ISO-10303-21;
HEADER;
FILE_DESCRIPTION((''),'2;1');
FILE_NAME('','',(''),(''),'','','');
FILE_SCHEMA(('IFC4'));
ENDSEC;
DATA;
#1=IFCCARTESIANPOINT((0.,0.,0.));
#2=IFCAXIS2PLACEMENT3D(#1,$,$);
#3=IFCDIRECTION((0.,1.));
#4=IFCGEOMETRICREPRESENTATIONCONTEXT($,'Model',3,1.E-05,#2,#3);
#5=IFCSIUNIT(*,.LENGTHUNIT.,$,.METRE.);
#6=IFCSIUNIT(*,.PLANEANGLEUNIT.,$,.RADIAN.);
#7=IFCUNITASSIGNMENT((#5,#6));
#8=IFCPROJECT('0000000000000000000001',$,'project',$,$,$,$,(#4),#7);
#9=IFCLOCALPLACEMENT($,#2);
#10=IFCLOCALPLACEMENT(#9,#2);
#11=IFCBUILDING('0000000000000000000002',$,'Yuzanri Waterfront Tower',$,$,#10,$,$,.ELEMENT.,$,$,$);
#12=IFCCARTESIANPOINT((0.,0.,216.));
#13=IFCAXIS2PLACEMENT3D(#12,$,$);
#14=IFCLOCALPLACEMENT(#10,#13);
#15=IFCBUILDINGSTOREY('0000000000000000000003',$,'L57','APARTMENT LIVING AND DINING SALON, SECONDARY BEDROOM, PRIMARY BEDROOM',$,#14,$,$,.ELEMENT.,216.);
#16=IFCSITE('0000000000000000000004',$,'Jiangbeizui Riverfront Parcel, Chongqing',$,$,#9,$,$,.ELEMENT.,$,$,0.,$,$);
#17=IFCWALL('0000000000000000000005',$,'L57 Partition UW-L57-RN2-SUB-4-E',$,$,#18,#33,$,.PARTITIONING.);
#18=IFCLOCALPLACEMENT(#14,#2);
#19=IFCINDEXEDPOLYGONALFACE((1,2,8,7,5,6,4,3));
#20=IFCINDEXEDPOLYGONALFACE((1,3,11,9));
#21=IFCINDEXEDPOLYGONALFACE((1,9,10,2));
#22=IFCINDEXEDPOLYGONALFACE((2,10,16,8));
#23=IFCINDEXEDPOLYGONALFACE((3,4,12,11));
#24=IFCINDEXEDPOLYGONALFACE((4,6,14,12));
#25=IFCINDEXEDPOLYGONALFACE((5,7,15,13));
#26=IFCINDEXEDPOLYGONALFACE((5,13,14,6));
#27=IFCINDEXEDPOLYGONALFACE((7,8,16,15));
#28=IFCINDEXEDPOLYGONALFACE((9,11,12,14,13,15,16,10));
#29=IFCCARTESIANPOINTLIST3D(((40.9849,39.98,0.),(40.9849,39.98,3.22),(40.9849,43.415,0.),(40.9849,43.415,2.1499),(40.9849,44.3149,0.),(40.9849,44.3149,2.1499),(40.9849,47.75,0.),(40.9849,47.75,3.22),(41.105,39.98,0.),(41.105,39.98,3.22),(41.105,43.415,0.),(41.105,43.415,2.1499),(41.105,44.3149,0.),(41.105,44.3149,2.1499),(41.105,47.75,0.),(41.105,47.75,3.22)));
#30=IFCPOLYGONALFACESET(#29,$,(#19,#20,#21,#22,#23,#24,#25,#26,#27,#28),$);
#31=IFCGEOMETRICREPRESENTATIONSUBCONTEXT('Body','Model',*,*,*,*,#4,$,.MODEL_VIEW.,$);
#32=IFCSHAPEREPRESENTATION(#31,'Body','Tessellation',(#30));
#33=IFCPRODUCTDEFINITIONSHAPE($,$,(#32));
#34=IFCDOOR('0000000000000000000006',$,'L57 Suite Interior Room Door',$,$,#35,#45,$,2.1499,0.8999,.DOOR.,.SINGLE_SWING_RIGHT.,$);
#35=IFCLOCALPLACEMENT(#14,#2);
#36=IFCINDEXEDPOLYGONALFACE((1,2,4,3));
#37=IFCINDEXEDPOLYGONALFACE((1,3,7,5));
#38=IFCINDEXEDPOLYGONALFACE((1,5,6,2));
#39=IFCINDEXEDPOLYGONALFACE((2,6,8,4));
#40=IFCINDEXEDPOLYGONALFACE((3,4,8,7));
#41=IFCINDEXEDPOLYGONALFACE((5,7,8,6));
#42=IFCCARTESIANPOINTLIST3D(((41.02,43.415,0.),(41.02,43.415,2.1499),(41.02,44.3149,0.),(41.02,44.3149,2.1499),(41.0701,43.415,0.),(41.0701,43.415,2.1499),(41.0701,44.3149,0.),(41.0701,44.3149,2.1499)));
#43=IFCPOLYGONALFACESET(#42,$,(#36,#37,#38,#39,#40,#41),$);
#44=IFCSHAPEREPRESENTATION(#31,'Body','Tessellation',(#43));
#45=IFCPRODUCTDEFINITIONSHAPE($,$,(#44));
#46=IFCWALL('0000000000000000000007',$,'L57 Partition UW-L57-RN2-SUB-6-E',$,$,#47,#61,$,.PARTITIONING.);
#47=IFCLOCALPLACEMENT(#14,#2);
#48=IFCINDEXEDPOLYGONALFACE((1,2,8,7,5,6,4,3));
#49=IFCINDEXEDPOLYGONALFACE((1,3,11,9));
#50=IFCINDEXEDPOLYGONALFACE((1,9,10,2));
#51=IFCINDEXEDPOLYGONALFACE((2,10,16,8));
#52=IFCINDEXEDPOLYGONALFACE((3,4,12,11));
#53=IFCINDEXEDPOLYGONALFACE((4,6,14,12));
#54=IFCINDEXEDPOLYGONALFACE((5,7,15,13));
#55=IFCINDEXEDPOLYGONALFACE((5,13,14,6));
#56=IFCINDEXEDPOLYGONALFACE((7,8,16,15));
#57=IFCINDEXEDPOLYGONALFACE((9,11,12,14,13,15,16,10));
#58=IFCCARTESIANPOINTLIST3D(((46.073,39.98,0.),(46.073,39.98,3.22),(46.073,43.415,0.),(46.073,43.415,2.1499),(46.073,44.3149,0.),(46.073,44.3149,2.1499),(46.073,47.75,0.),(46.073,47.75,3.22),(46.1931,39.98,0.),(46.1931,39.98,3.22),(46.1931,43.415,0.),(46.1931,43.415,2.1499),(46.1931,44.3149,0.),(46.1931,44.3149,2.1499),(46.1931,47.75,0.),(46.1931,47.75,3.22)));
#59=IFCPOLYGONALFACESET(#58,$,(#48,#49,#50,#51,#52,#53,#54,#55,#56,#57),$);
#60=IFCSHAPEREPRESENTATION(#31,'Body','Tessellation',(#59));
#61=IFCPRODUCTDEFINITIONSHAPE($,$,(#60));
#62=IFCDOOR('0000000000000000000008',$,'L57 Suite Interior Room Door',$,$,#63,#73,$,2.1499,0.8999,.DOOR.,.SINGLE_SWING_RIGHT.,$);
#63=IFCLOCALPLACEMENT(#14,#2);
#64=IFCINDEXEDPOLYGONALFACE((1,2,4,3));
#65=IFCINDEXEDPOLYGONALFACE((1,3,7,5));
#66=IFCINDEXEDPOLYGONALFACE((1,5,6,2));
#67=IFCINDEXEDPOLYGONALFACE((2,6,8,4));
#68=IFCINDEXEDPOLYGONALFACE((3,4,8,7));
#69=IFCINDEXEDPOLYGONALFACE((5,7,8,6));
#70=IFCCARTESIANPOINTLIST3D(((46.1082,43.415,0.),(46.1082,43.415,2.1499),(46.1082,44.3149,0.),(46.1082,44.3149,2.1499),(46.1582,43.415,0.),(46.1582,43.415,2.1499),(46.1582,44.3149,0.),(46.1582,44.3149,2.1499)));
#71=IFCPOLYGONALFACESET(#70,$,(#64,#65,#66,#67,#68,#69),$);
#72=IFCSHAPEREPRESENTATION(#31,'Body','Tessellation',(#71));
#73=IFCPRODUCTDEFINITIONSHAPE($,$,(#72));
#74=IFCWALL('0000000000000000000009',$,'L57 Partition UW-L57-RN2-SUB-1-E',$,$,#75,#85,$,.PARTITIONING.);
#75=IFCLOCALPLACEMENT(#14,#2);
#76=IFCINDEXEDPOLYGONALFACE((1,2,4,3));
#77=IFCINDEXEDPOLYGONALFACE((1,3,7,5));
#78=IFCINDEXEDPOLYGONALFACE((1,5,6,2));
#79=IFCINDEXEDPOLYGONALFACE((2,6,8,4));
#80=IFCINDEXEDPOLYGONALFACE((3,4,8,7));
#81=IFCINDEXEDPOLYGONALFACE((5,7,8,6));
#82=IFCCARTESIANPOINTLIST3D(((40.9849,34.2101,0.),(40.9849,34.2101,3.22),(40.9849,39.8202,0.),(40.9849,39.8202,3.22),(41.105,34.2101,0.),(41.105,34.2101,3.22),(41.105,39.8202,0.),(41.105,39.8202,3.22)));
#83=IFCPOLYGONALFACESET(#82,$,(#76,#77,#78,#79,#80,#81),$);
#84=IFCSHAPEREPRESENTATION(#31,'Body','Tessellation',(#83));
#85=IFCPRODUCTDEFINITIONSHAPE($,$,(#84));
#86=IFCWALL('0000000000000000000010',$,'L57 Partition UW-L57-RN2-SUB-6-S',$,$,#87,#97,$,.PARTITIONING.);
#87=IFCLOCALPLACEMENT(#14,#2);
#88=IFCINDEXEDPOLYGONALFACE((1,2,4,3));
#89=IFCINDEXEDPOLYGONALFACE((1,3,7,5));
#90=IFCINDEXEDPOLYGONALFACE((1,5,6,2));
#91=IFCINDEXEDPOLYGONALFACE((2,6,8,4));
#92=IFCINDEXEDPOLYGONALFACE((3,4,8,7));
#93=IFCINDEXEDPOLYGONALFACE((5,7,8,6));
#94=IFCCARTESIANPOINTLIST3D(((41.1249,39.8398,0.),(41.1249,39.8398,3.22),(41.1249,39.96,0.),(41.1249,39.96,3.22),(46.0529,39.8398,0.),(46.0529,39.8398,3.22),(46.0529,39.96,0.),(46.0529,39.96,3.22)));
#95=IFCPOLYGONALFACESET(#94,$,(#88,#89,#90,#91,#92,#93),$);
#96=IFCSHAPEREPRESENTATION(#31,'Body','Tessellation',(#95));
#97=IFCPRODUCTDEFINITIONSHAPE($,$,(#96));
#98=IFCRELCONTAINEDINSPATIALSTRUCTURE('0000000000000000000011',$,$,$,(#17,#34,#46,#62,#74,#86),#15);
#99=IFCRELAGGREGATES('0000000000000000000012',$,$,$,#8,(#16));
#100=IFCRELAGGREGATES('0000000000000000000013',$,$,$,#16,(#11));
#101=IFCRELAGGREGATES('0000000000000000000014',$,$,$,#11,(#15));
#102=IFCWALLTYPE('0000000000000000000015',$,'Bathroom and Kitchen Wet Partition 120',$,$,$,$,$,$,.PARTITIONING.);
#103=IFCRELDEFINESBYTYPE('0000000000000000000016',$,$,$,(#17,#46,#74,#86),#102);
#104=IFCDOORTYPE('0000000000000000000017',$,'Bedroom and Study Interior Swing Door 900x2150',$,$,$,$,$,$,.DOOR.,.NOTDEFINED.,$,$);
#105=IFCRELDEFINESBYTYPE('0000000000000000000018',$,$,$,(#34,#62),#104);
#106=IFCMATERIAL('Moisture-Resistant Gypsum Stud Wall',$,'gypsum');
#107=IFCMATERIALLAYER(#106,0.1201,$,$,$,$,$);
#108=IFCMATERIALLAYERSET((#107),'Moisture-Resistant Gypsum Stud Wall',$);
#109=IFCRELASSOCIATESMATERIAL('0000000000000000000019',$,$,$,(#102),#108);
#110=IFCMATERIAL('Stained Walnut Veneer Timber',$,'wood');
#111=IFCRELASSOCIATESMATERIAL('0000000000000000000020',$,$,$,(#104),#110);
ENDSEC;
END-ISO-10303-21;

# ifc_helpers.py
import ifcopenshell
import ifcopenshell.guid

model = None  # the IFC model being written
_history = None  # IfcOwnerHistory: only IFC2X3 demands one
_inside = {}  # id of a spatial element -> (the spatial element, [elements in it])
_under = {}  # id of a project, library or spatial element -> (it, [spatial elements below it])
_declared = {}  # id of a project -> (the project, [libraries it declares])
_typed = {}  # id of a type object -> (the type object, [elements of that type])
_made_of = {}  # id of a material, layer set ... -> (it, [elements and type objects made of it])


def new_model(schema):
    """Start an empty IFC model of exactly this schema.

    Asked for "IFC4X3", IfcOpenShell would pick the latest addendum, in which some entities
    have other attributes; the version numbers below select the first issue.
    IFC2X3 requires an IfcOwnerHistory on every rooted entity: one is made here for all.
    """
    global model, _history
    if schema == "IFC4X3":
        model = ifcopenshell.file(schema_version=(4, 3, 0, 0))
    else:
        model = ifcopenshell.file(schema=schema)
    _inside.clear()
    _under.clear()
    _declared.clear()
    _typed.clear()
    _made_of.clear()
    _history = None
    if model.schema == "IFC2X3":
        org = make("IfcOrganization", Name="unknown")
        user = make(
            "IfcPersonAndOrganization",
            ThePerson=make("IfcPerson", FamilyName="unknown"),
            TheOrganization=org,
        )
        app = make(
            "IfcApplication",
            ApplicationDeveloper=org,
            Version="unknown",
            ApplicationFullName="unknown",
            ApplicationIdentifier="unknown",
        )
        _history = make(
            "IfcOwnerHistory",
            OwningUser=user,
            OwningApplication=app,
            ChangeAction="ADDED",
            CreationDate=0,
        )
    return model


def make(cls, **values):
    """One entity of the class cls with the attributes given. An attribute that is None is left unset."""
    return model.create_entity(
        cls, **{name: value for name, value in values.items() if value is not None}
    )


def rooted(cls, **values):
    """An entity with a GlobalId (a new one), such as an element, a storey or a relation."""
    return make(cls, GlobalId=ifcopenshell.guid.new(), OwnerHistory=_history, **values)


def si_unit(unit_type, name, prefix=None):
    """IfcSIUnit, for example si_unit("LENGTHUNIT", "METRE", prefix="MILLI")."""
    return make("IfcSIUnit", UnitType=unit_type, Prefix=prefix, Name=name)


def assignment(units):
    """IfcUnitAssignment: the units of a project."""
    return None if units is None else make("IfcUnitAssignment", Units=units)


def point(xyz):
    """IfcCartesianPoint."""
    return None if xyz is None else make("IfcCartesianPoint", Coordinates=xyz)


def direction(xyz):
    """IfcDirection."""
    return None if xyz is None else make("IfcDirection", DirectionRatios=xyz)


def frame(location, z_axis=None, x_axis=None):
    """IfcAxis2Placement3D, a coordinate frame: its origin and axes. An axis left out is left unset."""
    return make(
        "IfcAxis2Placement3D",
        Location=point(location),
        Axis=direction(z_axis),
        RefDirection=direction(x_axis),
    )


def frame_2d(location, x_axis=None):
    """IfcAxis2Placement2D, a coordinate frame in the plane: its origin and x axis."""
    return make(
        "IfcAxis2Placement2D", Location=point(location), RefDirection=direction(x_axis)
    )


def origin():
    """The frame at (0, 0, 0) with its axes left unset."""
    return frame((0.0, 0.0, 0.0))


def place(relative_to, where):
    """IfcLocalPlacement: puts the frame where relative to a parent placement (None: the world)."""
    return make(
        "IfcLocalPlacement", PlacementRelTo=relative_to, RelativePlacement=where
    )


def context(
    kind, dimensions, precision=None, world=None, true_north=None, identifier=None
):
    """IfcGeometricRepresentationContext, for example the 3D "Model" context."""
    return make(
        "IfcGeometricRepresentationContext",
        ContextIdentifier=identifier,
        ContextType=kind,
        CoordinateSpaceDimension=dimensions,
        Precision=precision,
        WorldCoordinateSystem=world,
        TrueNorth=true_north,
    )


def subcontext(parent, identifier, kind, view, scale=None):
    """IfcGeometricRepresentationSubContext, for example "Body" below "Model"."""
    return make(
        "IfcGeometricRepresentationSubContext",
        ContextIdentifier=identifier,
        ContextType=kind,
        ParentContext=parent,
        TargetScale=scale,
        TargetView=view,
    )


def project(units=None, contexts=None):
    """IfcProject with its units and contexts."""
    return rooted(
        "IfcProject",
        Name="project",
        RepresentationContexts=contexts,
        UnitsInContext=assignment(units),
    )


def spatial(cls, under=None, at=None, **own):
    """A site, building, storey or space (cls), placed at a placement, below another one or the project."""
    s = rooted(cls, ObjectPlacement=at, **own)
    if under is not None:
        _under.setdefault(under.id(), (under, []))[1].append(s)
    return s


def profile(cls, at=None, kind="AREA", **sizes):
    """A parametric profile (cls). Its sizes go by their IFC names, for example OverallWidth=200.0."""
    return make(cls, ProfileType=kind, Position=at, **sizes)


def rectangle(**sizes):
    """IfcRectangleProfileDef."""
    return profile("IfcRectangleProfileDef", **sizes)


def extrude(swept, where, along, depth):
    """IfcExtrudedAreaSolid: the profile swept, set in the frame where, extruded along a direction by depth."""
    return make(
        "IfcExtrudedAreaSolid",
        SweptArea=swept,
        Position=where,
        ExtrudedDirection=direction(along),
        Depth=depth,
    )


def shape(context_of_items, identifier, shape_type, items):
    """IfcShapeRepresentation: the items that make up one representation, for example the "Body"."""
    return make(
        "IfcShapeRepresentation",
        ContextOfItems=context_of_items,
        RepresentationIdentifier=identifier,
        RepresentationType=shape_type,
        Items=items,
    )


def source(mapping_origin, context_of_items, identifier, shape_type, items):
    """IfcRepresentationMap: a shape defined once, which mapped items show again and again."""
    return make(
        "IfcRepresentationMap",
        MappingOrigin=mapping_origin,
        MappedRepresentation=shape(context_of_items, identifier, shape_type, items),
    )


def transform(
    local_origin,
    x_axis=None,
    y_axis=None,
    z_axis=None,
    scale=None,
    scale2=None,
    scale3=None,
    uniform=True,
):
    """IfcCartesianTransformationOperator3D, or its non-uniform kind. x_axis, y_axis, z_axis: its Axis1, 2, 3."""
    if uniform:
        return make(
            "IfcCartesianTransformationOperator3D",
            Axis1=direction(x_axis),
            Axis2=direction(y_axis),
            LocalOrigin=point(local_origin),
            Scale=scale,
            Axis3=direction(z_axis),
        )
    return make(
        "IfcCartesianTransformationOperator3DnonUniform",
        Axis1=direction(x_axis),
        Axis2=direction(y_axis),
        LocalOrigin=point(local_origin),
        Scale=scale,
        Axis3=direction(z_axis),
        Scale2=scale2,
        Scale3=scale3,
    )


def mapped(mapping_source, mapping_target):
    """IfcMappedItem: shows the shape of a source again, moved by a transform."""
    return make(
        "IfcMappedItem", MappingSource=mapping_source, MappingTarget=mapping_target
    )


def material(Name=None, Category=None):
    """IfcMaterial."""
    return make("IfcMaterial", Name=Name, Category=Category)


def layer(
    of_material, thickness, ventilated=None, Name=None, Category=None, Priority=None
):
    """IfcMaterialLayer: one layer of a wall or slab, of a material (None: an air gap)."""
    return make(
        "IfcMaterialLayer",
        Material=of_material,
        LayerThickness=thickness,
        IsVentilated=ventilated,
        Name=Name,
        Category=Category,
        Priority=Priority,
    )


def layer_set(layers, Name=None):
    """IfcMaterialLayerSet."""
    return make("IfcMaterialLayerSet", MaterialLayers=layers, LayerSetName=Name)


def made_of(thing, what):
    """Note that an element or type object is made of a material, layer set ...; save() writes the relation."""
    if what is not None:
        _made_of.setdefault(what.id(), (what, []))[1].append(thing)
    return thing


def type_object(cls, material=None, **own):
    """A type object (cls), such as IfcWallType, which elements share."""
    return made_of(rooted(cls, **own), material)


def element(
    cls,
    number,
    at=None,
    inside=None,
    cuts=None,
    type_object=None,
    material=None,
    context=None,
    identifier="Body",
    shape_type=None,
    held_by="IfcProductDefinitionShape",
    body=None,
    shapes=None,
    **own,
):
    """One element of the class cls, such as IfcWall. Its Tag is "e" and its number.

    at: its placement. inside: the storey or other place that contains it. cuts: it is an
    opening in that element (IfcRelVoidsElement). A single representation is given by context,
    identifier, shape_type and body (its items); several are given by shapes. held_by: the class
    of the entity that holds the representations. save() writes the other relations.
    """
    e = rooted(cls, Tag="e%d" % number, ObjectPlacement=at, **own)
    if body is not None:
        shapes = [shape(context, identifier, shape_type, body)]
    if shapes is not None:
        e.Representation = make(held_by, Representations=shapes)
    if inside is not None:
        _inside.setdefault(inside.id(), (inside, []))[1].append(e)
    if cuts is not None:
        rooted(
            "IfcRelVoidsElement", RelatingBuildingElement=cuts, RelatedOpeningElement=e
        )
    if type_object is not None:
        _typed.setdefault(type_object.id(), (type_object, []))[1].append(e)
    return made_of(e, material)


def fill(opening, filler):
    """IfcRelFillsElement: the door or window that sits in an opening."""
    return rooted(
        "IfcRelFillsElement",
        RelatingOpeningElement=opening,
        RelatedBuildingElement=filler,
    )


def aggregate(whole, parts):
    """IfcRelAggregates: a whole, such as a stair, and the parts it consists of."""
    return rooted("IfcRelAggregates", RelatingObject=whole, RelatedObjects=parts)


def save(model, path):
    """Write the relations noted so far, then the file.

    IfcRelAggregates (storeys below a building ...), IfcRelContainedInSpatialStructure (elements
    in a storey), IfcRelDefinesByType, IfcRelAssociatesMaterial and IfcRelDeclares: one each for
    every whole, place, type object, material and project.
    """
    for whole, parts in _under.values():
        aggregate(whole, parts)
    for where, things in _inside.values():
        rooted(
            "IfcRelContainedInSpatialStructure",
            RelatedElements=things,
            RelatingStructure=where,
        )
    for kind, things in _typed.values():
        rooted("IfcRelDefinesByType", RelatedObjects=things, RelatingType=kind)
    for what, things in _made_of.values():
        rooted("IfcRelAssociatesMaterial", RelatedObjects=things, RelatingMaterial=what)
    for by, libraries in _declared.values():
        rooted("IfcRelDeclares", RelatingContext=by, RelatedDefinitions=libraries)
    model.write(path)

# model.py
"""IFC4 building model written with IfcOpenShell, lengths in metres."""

from ifc_helpers import new_model, si_unit, direction, frame, frame_2d, origin, place, context, subcontext, project, spatial, rectangle, extrude, source, transform, mapped, material, layer, layer_set, type_object, element, fill, save


model = new_model("IFC4")

# Units and contexts
model_context = context("Model", 3, precision=1e-05, world=origin(), true_north=direction((0.0, 1.0)))
body_context = subcontext(model_context, "Body", "Model", "MODEL_VIEW")
ifc_project = project(units=[si_unit("LENGTHUNIT", "METRE"), si_unit("PLANEANGLEUNIT", "RADIAN")], contexts=[model_context])

# Site, building, storey
site_placement = place(None, origin())
site = spatial("IfcSite", under=ifc_project, at=site_placement, Name="Jiangbeizui Riverfront Parcel, Chongqing", CompositionType="ELEMENT", RefElevation=0.0)
building_placement = place(site_placement, origin())
building = spatial("IfcBuilding", under=site, at=building_placement, Name="Yuzanri Waterfront Tower", CompositionType="ELEMENT")
storey_placement = place(building_placement, frame((0.0, 0.0, 216.0)))
storey = spatial("IfcBuildingStorey", under=building, at=storey_placement, Name="L57", Description="APARTMENT LIVING AND DINING SALON, SECONDARY BEDROOM, PRIMARY BEDROOM", CompositionType="ELEMENT", Elevation=216.0)

# Walls, openings, doors
ifc_material_1 = material(Name="Moisture-Resistant Gypsum Stud Wall", Category="gypsum")
ifc_layer_1 = layer(ifc_material_1, 0.1201)
ifc_layer_set_1 = layer_set([ifc_layer_1], Name="Moisture-Resistant Gypsum Stud Wall")
wall_type = type_object("IfcWallType", Name="Bathroom and Kitchen Wet Partition 120", PredefinedType="PARTITIONING", material=ifc_layer_set_1)
wall_1_placement = place(storey_placement, frame((41.0449, 39.98, 0.0), z_axis=(0.0, 0.0, 1.0), x_axis=(0.0, 1.0, 0.0)))
wall_1 = element("IfcWall", 1, at=wall_1_placement, inside=storey, type_object=wall_type, Name="L57 Partition UW-L57-RN2-SUB-4-E", PredefinedType="PARTITIONING", context=body_context, shape_type="SweptSolid", body=[
    extrude(rectangle(XDim=7.77, YDim=0.1201, at=frame_2d((3.885, 0.0))), origin(), (0.0, 0.0, 1.0), 3.22),
])
opening_1_placement = place(wall_1_placement, frame((3.4351, 0.0, 0.0)))
opening_1 = element("IfcOpeningElement", 2, at=opening_1_placement, cuts=wall_1, PredefinedType="OPENING", context=body_context, shape_type="SweptSolid", body=[
    extrude(rectangle(XDim=0.8999, YDim=2.1499, at=frame_2d((0.45, 1.075))), frame((0.0, 0.075, 0.0), z_axis=(0.0, -1.0, 0.0), x_axis=(1.0, 0.0, 0.0)), (0.0, 0.0, 1.0), 0.1499),
])
ifc_material_2 = material(Name="Stained Walnut Veneer Timber", Category="wood")
door_type_1 = type_object("IfcDoorType", Name="Bedroom and Study Interior Swing Door 900x2150", OperationType="NOTDEFINED", PredefinedType="DOOR", material=ifc_material_2)
shared_shape_1 = source(origin(), body_context, "Body", "SweptSolid", [
    extrude(rectangle(XDim=0.8999, YDim=2.1499, at=frame_2d((0.45, 1.075))), frame((0.0, 0.0249, 0.0), z_axis=(0.0, -1.0, 0.0), x_axis=(1.0, 0.0, 0.0)), (0.0, 0.0, 1.0), 0.05),
])
door_1_placement = place(opening_1_placement, origin())
door_1 = element("IfcDoor", 3, at=door_1_placement, inside=storey, type_object=door_type_1, Name="L57 Suite Interior Room Door", OperationType="SINGLE_SWING_RIGHT", OverallHeight=2.1499, OverallWidth=0.8999, PredefinedType="DOOR", context=body_context, shape_type="MappedRepresentation", body=[
    mapped(shared_shape_1, transform((0.0, 0.0, 0.0), scale=1.0)),
])
fill(opening_1, door_1)
wall_2_placement = place(storey_placement, frame((46.1331, 39.98, 0.0), z_axis=(0.0, 0.0, 1.0), x_axis=(0.0, 1.0, 0.0)))
wall_2 = element("IfcWall", 4, at=wall_2_placement, inside=storey, type_object=wall_type, Name="L57 Partition UW-L57-RN2-SUB-6-E", PredefinedType="PARTITIONING", context=body_context, shape_type="SweptSolid", body=[
    extrude(rectangle(XDim=7.77, YDim=0.1201, at=frame_2d((3.885, 0.0))), origin(), (0.0, 0.0, 1.0), 3.22),
])
opening_2_placement = place(wall_2_placement, frame((3.4351, 0.0, 0.0)))
opening_2 = element("IfcOpeningElement", 5, at=opening_2_placement, cuts=wall_2, PredefinedType="OPENING", context=body_context, shape_type="SweptSolid", body=[
    extrude(rectangle(XDim=0.8999, YDim=2.1499, at=frame_2d((0.45, 1.075))), frame((0.0, 0.075, 0.0), z_axis=(0.0, -1.0, 0.0), x_axis=(1.0, 0.0, 0.0)), (0.0, 0.0, 1.0), 0.1499),
])
door_2_placement = place(opening_2_placement, origin())
door_2 = element("IfcDoor", 6, at=door_2_placement, inside=storey, type_object=door_type_1, Name="L57 Suite Interior Room Door", OperationType="SINGLE_SWING_RIGHT", OverallHeight=2.1499, OverallWidth=0.8999, PredefinedType="DOOR", context=body_context, shape_type="MappedRepresentation", body=[
    mapped(shared_shape_1, transform((0.0, 0.0, 0.0), scale=1.0)),
])
fill(opening_2, door_2)

# Walls
shared_shape_2 = source(origin(), body_context, "Body", "SweptSolid", [
    extrude(rectangle(XDim=5.6101, YDim=0.1201, at=frame_2d((2.8052, 0.0))), origin(), (0.0, 0.0, 1.0), 3.22),
])
wall_3_placement = place(storey_placement, frame((41.0449, 34.21, 0.0), z_axis=(0.0, 0.0, 1.0), x_axis=(0.0, 1.0, 0.0)))
element("IfcWall", 7, at=wall_3_placement, inside=storey, type_object=wall_type, Name="L57 Partition UW-L57-RN2-SUB-1-E", PredefinedType="PARTITIONING", context=body_context, shape_type="MappedRepresentation", body=[
    mapped(shared_shape_2, transform((0.0, 0.0, 0.0), scale=1.0)),
])
shared_shape_3 = source(origin(), body_context, "Body", "SweptSolid", [
    extrude(rectangle(XDim=4.928, YDim=0.1201, at=frame_2d((2.4639, 0.0))), origin(), (0.0, 0.0, 1.0), 3.22),
])
wall_4_placement = place(storey_placement, frame((41.125, 39.8999, 0.0), z_axis=(0.0, 0.0, 1.0), x_axis=(1.0, 0.0, 0.0)))
element("IfcWall", 8, at=wall_4_placement, inside=storey, type_object=wall_type, Name="L57 Partition UW-L57-RN2-SUB-6-S", PredefinedType="PARTITIONING", context=body_context, shape_type="MappedRepresentation", body=[
    mapped(shared_shape_3, transform((0.0, 0.0, 0.0), scale=1.0)),
])

save(model, "model.ifc")
